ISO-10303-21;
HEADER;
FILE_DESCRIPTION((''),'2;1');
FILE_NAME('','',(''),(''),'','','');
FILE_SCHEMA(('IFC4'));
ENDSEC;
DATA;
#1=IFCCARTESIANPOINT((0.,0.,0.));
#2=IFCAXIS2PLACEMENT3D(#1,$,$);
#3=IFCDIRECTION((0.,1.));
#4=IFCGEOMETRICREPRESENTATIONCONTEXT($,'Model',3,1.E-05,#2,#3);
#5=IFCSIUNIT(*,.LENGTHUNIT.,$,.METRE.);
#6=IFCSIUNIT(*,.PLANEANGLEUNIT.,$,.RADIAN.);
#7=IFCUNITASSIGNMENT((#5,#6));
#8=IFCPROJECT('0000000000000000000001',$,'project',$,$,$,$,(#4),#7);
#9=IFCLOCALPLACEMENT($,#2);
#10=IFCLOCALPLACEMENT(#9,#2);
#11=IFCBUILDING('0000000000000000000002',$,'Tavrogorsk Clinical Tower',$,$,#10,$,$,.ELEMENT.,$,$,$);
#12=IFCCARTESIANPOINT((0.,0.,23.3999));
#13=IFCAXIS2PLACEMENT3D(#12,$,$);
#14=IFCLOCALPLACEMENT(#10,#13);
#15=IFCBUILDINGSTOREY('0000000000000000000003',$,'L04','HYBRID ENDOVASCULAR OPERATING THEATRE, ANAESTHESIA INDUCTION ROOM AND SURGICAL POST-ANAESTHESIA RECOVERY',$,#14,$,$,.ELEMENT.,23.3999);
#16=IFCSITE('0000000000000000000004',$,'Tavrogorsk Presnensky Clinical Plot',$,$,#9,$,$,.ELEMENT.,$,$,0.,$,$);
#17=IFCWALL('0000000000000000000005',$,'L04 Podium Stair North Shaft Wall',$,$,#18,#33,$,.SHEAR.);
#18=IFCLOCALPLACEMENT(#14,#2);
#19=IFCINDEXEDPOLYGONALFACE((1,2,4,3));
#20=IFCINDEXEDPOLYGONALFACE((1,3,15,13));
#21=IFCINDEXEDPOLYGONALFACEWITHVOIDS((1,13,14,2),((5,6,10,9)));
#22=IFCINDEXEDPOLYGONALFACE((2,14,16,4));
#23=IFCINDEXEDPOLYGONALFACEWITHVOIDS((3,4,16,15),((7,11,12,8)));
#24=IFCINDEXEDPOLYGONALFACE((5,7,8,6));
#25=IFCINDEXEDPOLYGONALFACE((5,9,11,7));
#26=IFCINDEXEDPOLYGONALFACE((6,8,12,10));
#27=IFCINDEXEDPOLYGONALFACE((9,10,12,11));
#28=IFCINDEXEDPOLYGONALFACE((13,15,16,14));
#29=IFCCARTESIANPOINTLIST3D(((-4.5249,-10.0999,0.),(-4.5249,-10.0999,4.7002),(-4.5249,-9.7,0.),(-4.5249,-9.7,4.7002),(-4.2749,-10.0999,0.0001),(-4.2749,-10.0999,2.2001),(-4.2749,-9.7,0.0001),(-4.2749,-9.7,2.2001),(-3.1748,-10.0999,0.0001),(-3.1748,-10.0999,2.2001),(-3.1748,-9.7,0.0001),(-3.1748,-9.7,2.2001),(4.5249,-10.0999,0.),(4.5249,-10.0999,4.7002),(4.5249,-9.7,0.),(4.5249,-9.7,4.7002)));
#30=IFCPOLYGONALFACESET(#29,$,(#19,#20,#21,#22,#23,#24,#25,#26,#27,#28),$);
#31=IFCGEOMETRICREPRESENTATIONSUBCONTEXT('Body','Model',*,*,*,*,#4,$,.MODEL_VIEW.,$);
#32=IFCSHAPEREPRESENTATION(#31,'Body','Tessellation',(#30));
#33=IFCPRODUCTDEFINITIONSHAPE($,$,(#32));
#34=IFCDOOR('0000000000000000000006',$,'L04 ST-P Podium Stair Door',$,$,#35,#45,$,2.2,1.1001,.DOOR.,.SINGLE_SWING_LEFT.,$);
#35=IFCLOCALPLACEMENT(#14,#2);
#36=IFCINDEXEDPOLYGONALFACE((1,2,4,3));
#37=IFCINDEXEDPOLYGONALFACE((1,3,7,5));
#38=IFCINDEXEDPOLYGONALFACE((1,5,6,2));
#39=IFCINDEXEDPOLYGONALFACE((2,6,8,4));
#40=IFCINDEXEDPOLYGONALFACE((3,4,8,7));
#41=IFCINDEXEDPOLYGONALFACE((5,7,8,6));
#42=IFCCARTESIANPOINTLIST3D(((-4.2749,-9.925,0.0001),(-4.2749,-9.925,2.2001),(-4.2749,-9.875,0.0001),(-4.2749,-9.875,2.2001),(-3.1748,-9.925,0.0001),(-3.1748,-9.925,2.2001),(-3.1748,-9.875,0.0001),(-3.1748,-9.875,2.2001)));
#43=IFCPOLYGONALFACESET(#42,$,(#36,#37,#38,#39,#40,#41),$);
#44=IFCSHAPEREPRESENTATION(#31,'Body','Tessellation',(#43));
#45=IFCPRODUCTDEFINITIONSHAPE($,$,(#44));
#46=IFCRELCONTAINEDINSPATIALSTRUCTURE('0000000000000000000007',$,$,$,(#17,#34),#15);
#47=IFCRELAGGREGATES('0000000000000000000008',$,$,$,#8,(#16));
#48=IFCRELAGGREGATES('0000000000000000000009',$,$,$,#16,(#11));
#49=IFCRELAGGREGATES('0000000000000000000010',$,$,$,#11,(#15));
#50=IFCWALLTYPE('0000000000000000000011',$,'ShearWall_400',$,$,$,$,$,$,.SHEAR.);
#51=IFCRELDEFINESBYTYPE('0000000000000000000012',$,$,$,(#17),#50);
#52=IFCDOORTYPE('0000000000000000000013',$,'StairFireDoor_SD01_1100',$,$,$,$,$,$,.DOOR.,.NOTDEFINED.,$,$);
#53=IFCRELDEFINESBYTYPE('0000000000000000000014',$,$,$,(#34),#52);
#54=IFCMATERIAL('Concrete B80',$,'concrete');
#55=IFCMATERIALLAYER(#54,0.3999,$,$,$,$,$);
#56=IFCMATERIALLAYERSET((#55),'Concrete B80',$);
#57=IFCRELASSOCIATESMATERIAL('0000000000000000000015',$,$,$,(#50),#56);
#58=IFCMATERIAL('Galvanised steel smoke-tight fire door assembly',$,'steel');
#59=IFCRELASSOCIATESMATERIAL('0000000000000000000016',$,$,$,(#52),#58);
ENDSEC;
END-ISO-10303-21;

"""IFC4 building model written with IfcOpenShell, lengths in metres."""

from ifc_helpers import new_model, si_unit, direction, frame, frame_2d, origin, place, context, subcontext, project, spatial, rectangle, extrude, material, layer, layer_set, type_object, element, fill, save


model = new_model("IFC4")

# Units and contexts
model_context = context("Model", 3, precision=1e-05, world=origin(), true_north=direction((0.0, 1.0)))
body_context = subcontext(model_context, "Body", "Model", "MODEL_VIEW")
ifc_project = project(units=[si_unit("LENGTHUNIT", "METRE"), si_unit("PLANEANGLEUNIT", "RADIAN")], contexts=[model_context])

# Site, building, storey
site_placement = place(None, origin())
site = spatial("IfcSite", under=ifc_project, at=site_placement, Name="Tavrogorsk Presnensky Clinical Plot", CompositionType="ELEMENT", RefElevation=0.0)
building_placement = place(site_placement, origin())
building = spatial("IfcBuilding", under=site, at=building_placement, Name="Tavrogorsk Clinical Tower", CompositionType="ELEMENT")
storey_placement = place(building_placement, frame((0.0, 0.0, 23.3999)))
storey = spatial("IfcBuildingStorey", under=building, at=storey_placement, Name="L04", Description="HYBRID ENDOVASCULAR OPERATING THEATRE, ANAESTHESIA INDUCTION ROOM AND SURGICAL POST-ANAESTHESIA RECOVERY", CompositionType="ELEMENT", Elevation=23.3999)

# Wall, opening, door
ifc_material_1 = material(Name="Concrete B80", Category="concrete")
ifc_layer_1 = layer(ifc_material_1, 0.3999)
ifc_layer_set_1 = layer_set([ifc_layer_1], Name="Concrete B80")
wall_type_1 = type_object("IfcWallType", Name="ShearWall_400", PredefinedType="SHEAR", material=ifc_layer_set_1)
wall_1_placement = place(storey_placement, frame((-4.5249, -9.8999, 0.0), z_axis=(0.0, 0.0, 1.0), x_axis=(1.0, 0.0, 0.0)))
wall_1 = element("IfcWall", 1, at=wall_1_placement, inside=storey, type_object=wall_type_1, Name="L04 Podium Stair North Shaft Wall", PredefinedType="SHEAR", context=body_context, shape_type="SweptSolid", body=[
    extrude(rectangle(XDim=9.0498, YDim=0.3999, at=frame_2d((4.5249, 0.0))), origin(), (0.0, 0.0, 1.0), 4.7002),
])
opening_1_placement = place(wall_1_placement, frame((0.25, 0.0, 0.0)))
opening_1 = element("IfcOpeningElement", 2, at=opening_1_placement, cuts=wall_1, PredefinedType="OPENING", context=body_context, shape_type="SweptSolid", body=[
    extrude(rectangle(XDim=1.1001, YDim=2.2, at=frame_2d((0.55, 1.1001))), frame((0.0, 0.21, 0.0), z_axis=(0.0, -1.0, 0.0), x_axis=(1.0, 0.0, 0.0)), (0.0, 0.0, 1.0), 0.4199),
])
ifc_material_2 = material(Name="Galvanised steel smoke-tight fire door assembly", Category="steel")
door_type_1 = type_object("IfcDoorType", Name="StairFireDoor_SD01_1100", OperationType="NOTDEFINED", PredefinedType="DOOR", material=ifc_material_2)
door_1_placement = place(opening_1_placement, origin())
door_1 = element("IfcDoor", 3, at=door_1_placement, inside=storey, type_object=door_type_1, Name="L04 ST-P Podium Stair Door", OperationType="SINGLE_SWING_LEFT", OverallHeight=2.2, OverallWidth=1.1001, PredefinedType="DOOR", context=body_context, shape_type="SweptSolid", body=[
    extrude(rectangle(XDim=1.1001, YDim=2.2, at=frame_2d((0.55, 1.1001))), frame((0.0, 0.0249, 0.0), z_axis=(0.0, -1.0, 0.0), x_axis=(1.0, 0.0, 0.0)), (0.0, 0.0, 1.0), 0.05),
])
fill(opening_1, door_1)

save(model, "model.ifc")
